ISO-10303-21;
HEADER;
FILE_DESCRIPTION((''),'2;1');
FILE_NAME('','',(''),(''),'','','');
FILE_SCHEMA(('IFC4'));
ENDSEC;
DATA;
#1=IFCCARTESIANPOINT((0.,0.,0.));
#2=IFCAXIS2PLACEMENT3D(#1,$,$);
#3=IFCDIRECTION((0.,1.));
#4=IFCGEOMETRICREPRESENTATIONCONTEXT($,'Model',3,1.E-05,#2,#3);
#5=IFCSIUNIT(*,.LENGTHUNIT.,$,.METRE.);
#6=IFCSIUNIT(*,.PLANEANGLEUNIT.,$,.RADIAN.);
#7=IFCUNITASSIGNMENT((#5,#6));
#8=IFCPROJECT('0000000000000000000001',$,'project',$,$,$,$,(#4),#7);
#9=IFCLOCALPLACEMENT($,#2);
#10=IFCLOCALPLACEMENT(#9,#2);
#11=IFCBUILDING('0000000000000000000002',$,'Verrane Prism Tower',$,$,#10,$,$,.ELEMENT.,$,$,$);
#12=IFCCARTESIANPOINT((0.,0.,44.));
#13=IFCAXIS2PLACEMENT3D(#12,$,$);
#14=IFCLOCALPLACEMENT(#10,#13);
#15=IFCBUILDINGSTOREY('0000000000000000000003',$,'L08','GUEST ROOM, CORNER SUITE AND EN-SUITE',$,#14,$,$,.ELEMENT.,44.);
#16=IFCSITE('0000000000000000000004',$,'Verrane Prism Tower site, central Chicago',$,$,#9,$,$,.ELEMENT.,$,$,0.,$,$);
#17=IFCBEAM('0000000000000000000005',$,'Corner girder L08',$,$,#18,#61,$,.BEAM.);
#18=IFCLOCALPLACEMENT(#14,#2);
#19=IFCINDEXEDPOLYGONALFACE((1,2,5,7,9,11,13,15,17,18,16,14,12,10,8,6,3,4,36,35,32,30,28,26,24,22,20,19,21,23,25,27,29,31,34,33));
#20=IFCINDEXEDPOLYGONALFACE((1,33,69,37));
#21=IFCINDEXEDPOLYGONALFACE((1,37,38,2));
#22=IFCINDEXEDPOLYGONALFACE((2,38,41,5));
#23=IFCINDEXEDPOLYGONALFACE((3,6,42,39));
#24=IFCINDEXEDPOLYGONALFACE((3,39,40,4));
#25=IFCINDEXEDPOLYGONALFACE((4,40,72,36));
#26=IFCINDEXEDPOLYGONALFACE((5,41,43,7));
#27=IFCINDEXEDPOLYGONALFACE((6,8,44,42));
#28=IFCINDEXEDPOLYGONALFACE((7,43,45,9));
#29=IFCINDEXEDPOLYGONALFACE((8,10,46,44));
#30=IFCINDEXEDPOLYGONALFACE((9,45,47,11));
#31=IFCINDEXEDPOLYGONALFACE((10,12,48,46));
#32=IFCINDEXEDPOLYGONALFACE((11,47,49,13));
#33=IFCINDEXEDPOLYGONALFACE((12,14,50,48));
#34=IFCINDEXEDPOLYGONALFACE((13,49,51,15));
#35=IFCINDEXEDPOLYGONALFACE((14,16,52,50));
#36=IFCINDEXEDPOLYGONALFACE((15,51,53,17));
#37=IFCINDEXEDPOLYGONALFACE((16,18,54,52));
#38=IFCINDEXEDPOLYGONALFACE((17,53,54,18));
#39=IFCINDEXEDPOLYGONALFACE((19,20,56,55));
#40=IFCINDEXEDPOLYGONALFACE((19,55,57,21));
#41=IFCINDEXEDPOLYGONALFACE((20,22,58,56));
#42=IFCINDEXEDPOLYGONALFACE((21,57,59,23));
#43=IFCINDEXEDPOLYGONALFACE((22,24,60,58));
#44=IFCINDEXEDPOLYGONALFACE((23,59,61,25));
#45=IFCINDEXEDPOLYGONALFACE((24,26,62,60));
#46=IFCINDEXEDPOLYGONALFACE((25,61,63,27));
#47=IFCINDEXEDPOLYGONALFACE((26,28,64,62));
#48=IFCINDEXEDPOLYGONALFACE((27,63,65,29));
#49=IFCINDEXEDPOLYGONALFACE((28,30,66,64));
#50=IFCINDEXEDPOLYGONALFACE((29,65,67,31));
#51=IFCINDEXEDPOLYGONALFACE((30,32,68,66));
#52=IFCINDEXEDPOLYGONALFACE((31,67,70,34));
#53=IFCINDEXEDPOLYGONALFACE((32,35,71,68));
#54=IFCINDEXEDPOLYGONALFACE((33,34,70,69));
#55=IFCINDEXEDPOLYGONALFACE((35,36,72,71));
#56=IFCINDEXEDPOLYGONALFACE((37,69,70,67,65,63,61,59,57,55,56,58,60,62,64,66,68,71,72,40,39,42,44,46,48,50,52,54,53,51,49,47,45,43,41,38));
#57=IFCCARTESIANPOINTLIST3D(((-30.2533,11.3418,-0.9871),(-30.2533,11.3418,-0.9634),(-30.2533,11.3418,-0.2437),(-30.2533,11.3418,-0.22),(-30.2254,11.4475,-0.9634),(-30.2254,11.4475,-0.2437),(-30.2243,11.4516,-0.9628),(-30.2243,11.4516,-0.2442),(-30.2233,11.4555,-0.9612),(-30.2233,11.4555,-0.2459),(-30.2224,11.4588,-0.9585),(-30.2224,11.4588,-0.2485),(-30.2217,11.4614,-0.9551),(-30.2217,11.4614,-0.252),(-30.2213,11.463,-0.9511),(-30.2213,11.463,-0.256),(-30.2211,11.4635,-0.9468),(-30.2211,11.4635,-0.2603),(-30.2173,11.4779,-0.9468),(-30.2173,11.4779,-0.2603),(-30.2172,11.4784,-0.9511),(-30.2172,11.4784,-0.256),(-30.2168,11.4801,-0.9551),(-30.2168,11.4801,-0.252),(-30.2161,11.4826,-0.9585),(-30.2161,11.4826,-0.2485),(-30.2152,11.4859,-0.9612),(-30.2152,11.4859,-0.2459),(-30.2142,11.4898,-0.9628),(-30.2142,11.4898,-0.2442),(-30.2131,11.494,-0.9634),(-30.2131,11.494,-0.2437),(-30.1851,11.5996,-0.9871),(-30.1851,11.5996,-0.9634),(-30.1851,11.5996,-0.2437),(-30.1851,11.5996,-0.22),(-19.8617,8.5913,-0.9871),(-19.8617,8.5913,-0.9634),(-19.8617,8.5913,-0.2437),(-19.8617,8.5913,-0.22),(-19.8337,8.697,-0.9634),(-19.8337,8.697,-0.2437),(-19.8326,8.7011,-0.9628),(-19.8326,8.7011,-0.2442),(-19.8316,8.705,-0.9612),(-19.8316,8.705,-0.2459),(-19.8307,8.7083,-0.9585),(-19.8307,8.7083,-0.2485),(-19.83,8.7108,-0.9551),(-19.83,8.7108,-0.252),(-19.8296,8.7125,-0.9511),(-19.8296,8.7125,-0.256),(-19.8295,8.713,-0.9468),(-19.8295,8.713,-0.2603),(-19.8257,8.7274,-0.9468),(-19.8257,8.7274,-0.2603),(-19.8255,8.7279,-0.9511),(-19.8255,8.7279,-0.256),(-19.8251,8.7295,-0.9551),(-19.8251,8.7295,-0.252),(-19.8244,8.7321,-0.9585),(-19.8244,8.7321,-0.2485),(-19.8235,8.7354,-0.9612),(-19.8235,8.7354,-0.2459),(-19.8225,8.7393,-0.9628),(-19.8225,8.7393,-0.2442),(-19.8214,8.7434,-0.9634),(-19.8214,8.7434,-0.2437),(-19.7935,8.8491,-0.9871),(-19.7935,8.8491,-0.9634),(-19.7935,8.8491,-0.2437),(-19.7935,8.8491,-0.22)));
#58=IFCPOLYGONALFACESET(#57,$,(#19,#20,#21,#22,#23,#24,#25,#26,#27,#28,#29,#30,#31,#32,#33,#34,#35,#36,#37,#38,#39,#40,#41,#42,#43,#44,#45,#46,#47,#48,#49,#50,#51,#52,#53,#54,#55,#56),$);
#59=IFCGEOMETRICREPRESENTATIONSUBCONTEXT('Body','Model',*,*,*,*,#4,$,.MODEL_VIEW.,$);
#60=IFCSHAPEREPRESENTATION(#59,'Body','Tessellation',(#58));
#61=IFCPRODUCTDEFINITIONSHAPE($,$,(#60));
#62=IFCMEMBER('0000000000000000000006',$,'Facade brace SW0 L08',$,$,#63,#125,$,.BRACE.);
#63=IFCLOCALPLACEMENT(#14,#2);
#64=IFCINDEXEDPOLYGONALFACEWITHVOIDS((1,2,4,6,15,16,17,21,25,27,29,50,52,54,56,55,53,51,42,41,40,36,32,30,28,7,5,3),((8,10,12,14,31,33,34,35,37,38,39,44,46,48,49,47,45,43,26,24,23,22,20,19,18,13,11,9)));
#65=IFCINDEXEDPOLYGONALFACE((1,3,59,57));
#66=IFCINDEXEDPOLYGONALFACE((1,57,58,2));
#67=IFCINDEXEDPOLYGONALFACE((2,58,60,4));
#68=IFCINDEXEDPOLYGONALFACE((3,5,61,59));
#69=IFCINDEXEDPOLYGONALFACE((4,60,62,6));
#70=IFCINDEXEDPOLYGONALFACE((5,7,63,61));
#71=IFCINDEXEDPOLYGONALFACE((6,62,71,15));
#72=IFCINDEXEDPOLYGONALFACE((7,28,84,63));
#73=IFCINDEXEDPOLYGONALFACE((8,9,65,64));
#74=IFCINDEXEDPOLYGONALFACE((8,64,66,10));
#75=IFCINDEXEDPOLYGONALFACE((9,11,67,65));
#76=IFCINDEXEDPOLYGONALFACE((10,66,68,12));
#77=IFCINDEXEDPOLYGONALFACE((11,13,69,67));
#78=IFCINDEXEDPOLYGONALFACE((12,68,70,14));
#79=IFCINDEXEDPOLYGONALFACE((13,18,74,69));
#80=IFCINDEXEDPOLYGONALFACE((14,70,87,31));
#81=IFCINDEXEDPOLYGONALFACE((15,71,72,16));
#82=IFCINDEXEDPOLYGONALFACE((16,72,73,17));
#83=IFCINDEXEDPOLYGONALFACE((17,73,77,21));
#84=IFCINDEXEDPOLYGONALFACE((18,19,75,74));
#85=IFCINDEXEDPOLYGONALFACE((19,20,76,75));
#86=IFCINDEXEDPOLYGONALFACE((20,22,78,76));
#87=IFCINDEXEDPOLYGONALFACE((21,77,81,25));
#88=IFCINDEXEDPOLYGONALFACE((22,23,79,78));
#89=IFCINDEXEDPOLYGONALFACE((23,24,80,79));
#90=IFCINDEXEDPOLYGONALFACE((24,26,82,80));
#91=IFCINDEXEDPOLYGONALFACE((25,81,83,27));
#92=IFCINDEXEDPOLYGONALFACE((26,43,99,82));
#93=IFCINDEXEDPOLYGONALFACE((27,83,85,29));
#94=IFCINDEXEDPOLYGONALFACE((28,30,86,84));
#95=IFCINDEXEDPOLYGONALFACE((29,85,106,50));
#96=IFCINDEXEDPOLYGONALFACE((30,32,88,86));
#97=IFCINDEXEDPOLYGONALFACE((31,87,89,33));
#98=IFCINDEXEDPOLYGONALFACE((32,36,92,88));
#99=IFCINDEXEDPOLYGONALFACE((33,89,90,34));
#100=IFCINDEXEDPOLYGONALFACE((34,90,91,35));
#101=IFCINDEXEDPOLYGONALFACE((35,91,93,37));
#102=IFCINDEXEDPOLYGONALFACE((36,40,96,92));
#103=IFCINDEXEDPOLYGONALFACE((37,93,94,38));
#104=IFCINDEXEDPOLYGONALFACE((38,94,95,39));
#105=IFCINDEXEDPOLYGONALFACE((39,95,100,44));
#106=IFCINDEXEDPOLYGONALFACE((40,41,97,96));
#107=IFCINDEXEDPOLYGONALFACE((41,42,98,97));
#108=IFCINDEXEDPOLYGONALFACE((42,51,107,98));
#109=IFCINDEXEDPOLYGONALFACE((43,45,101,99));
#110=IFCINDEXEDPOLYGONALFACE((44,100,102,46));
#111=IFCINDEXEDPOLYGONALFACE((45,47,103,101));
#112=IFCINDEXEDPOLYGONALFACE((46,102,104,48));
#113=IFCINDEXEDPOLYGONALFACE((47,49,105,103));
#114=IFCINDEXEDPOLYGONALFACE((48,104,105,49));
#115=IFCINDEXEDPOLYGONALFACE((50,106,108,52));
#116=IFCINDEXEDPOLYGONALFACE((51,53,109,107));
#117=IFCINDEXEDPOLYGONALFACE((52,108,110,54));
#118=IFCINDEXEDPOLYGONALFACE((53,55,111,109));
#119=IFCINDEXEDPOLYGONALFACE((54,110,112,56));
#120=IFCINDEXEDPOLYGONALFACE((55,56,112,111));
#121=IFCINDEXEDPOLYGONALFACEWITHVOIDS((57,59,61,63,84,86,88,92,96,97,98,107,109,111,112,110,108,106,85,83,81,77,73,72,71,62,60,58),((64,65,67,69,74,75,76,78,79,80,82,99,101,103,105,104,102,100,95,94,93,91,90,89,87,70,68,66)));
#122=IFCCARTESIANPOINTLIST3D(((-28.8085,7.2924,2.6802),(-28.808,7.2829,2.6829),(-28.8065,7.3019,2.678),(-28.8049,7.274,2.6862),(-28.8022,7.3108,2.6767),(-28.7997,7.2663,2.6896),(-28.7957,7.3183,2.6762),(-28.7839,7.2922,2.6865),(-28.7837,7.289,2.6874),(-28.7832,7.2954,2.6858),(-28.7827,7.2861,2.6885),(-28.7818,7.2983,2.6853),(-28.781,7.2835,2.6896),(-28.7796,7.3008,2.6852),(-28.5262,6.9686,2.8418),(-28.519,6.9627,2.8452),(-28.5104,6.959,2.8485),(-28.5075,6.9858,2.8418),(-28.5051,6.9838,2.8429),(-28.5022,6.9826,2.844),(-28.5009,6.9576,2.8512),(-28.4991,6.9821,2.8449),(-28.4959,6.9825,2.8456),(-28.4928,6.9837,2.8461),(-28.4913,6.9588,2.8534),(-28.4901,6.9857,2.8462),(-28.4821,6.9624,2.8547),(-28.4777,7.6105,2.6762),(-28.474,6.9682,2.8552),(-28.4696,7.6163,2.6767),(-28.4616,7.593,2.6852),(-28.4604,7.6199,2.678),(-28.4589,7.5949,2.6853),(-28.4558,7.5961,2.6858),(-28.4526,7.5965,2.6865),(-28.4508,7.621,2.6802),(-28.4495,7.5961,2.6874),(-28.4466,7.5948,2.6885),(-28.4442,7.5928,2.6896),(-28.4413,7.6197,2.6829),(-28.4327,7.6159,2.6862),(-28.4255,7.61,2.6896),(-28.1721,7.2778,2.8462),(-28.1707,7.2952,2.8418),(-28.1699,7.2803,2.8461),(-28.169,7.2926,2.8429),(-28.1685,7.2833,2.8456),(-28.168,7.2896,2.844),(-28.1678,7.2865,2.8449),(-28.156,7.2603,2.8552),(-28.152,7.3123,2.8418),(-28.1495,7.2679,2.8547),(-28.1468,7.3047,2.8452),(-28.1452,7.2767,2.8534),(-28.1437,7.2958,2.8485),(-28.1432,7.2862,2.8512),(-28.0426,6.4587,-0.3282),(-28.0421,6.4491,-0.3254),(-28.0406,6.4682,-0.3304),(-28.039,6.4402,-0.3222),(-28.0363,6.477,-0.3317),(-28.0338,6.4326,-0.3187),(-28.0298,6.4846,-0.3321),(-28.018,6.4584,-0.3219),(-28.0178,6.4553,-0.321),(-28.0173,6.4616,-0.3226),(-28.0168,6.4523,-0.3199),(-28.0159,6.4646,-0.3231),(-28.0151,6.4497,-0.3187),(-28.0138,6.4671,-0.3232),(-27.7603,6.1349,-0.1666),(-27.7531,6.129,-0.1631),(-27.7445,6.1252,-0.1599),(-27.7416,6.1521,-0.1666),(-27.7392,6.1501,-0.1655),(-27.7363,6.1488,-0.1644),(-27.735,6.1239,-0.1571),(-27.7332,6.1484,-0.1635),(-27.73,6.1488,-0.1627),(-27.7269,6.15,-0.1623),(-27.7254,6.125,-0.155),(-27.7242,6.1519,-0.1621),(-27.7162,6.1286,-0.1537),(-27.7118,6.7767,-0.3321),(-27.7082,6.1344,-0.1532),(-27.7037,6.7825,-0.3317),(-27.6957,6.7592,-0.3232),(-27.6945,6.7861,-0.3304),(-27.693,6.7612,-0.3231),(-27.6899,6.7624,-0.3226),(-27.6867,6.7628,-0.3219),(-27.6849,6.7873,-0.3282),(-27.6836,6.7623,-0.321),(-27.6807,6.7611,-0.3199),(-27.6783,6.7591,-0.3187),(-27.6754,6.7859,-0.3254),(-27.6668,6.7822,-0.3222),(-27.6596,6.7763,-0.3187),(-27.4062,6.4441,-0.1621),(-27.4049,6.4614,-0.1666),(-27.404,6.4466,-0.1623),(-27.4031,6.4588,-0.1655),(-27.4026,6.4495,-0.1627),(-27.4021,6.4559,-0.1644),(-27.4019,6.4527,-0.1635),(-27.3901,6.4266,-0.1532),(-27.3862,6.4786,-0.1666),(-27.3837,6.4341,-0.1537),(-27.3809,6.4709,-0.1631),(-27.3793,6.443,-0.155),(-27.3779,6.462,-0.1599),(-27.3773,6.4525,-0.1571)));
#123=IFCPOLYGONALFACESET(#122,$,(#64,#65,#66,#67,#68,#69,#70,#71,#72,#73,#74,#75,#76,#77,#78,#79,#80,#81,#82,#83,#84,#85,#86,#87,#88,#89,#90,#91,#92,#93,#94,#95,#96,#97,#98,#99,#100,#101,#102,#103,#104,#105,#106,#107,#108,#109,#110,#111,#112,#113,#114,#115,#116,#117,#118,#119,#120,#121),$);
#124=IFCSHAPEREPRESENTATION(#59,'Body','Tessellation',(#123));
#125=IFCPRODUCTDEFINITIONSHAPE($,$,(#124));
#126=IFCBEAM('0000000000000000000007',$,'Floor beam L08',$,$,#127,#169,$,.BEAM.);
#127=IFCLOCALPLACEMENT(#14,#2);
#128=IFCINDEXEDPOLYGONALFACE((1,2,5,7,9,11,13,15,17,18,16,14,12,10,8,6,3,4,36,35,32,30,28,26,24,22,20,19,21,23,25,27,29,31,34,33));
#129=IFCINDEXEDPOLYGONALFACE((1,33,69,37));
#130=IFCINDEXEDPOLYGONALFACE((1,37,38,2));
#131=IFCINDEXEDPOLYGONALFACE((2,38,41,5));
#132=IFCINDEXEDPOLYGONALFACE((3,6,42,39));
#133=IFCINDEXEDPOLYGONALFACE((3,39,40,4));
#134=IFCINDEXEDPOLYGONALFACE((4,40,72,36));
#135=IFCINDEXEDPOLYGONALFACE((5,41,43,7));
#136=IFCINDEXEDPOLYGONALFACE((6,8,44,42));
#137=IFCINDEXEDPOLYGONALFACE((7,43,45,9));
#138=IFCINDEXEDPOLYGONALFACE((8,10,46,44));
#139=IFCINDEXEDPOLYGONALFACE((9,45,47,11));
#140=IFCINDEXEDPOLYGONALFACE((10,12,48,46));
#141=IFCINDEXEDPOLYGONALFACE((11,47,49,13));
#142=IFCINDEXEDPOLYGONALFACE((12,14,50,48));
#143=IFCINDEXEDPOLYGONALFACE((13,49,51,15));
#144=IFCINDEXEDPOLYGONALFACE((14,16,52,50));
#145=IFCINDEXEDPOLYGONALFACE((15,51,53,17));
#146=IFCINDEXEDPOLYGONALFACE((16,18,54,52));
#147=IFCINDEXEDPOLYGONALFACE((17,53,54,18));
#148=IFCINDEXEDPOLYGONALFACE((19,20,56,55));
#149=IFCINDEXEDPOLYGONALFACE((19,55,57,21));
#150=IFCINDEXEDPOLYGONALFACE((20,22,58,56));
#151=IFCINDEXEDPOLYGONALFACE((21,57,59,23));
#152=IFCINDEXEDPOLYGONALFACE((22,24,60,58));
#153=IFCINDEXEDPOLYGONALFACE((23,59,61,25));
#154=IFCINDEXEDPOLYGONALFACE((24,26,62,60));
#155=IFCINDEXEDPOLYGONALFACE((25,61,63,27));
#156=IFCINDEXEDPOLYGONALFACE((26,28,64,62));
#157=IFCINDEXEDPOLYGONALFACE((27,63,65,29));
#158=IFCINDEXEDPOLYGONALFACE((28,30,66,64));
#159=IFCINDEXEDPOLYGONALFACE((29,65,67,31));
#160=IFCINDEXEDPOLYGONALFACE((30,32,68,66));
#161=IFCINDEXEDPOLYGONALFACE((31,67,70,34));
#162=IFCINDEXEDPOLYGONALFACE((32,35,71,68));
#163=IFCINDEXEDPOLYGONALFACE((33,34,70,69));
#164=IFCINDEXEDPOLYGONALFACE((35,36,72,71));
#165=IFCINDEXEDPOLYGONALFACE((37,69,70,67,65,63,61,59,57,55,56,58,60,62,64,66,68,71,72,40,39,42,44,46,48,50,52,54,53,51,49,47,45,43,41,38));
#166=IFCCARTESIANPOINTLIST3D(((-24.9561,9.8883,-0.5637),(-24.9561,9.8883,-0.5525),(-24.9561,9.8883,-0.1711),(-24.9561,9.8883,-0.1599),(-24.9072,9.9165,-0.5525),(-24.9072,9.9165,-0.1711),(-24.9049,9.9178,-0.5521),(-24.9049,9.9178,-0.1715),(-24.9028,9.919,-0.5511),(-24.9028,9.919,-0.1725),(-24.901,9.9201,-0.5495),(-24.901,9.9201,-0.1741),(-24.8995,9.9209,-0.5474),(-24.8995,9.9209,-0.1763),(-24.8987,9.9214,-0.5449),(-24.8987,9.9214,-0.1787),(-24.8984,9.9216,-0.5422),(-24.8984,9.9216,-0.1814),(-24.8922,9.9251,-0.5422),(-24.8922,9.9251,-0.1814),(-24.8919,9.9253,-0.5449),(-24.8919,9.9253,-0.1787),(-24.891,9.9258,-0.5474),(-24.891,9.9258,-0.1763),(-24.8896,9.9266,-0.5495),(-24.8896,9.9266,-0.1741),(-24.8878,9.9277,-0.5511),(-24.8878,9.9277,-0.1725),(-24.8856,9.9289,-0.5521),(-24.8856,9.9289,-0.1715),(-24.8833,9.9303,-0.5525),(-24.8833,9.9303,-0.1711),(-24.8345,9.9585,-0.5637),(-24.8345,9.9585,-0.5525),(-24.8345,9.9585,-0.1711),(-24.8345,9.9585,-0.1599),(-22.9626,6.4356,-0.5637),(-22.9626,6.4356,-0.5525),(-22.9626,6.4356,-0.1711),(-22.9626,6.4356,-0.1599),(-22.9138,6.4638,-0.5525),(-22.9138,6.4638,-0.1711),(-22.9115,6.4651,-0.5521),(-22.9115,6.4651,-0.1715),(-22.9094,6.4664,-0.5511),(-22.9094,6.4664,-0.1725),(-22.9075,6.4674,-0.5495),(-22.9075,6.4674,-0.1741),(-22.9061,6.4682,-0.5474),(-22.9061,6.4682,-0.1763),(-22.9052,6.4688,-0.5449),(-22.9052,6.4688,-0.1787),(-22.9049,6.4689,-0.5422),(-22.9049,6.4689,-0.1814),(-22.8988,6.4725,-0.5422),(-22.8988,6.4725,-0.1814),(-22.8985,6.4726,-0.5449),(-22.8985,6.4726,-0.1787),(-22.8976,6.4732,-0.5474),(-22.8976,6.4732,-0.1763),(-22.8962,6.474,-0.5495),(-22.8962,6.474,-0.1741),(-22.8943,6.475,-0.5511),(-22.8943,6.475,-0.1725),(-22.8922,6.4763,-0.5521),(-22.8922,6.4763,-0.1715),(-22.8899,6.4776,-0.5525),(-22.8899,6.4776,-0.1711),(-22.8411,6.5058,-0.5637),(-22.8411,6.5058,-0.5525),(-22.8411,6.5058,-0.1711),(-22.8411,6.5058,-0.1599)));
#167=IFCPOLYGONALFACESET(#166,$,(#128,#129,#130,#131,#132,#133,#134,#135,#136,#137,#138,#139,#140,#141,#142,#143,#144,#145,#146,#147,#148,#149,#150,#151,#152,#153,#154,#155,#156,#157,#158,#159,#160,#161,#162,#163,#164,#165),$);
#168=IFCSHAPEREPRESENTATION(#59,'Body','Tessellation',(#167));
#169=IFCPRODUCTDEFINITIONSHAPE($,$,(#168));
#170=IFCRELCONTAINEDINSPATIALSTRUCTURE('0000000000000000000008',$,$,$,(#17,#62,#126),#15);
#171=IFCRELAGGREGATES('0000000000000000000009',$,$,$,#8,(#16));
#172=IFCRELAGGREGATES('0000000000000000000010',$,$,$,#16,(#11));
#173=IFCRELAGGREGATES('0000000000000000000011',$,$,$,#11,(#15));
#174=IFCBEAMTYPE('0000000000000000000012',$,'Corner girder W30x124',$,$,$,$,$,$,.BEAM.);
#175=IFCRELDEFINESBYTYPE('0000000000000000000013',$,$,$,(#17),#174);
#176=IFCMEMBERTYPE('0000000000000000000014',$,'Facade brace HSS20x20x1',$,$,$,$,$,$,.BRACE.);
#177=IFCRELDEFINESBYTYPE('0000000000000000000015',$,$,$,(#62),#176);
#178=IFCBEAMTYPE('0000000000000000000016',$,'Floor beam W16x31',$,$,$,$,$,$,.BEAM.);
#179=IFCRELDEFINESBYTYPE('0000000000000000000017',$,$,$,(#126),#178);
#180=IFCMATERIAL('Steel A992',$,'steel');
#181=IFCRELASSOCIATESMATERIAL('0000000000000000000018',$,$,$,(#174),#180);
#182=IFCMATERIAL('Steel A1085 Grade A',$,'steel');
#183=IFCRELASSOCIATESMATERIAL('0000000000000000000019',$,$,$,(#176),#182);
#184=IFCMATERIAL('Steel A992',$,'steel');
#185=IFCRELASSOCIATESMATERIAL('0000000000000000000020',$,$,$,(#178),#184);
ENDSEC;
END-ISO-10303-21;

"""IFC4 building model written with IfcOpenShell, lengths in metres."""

from ifc_helpers import new_model, si_unit, direction, frame, origin, origin_2d, place, context, subcontext, project, spatial, hollow_rectangle, i_section, extrude, material, material_profile, profile_set, type_object, element, save


model = new_model("IFC4")

# Units and contexts
model_context = context("Model", 3, precision=1e-05, world=origin(), true_north=direction((0.0, 1.0)))
body_context = subcontext(model_context, "Body", "Model", "MODEL_VIEW")
ifc_project = project(units=[si_unit("LENGTHUNIT", "METRE"), si_unit("PLANEANGLEUNIT", "RADIAN")], contexts=[model_context])

# Site, building, storey
site_placement = place(None, origin())
site = spatial("IfcSite", under=ifc_project, at=site_placement, Name="Verrane Prism Tower site, central Chicago", CompositionType="ELEMENT", RefElevation=0.0)
building_placement = place(site_placement, origin())
building = spatial("IfcBuilding", under=site, at=building_placement, Name="Verrane Prism Tower", CompositionType="ELEMENT")
storey_placement = place(building_placement, frame((0.0, 0.0, 44.0)))
storey = spatial("IfcBuildingStorey", under=building, at=storey_placement, Name="L08", Description="GUEST ROOM, CORNER SUITE AND EN-SUITE", CompositionType="ELEMENT", Elevation=44.0)

# Beam
ifc_material_1 = material(Name="Steel A992", Category="steel")
ifc_material_profile_1 = material_profile(ifc_material_1, i_section(OverallWidth=0.2666, OverallDepth=0.7671, WebThickness=0.0149, FlangeThickness=0.0237, FilletRadius=0.0166, at=origin_2d()), Name="W30x124")
ifc_profile_set_1 = profile_set([ifc_material_profile_1], Name="Steel A992")
beam_type_1 = type_object("IfcBeamType", Name="Corner girder W30x124", PredefinedType="BEAM", material=ifc_profile_set_1)
beam_1_placement = place(storey_placement, frame((-30.2192, 11.4707, -0.6035), z_axis=(0.966711, -0.255873, 0.0), x_axis=(0.255873, 0.966711, 0.0)))
element("IfcBeam", 1, at=beam_1_placement, inside=storey, type_object=beam_type_1, Name="Corner girder L08", PredefinedType="BEAM", context=body_context, shape_type="SweptSolid", body=[
    extrude(i_section(OverallWidth=0.2666, OverallDepth=0.7671, WebThickness=0.0149, FlangeThickness=0.0237, FilletRadius=0.0166, at=origin_2d()), origin(), (0.0, 0.0, 1.0), 10.7495),
])

# Member
ifc_material_2 = material(Name="Steel A1085 Grade A", Category="steel")
ifc_material_profile_2 = material_profile(ifc_material_2, hollow_rectangle(XDim=0.5081, YDim=0.5081, WallThickness=0.0254, InnerFilletRadius=0.0127, OuterFilletRadius=0.0381, at=origin_2d()), Name="HSS20x20x1")
ifc_profile_set_2 = profile_set([ifc_material_profile_2], Name="Steel A1085 Grade A")
member_type_1 = type_object("IfcMemberType", Name="Facade brace HSS20x20x1", PredefinedType="BRACE", material=ifc_profile_set_2)
member_1_placement = place(storey_placement, frame((-27.71, 6.4556, -0.2427), z_axis=(-0.238271, 0.259387, 0.935919), x_axis=(-0.736447, -0.676496, 0.0)))
element("IfcMember", 2, at=member_1_placement, inside=storey, type_object=member_type_1, Name="Facade brace SW0 L08", PredefinedType="BRACE", context=body_context, shape_type="SweptSolid", body=[
    extrude(hollow_rectangle(XDim=0.5081, YDim=0.5081, WallThickness=0.0254, InnerFilletRadius=0.0127, OuterFilletRadius=0.0381, at=origin_2d()), origin(), (0.0, 0.0, 1.0), 3.2144),
])

# Beam
ifc_material_3 = material(Name="Steel A992", Category="steel")
ifc_material_profile_3 = material_profile(ifc_material_3, i_section(OverallWidth=0.1404, OverallDepth=0.4038, WebThickness=0.0071, FlangeThickness=0.0112, FilletRadius=0.0103, at=origin_2d()), Name="W16x31")
ifc_profile_set_3 = profile_set([ifc_material_profile_3], Name="Steel A992")
beam_type_2 = type_object("IfcBeamType", Name="Floor beam W16x31", PredefinedType="BEAM", material=ifc_profile_set_3)
beam_2_placement = place(storey_placement, frame((-22.9019, 6.4707, -0.3618), z_axis=(-0.500005, 0.866022, 0.0), x_axis=(-0.866022, -0.500005, 0.0)))
element("IfcBeam", 3, at=beam_2_placement, inside=storey, type_object=beam_type_2, Name="Floor beam L08", PredefinedType="BEAM", context=body_context, shape_type="SweptSolid", body=[
    extrude(i_section(OverallWidth=0.1404, OverallDepth=0.4038, WebThickness=0.0071, FlangeThickness=0.0112, FilletRadius=0.0103, at=origin_2d()), origin(), (0.0, 0.0, 1.0), 3.9868),
])

save(model, "model.ifc")
